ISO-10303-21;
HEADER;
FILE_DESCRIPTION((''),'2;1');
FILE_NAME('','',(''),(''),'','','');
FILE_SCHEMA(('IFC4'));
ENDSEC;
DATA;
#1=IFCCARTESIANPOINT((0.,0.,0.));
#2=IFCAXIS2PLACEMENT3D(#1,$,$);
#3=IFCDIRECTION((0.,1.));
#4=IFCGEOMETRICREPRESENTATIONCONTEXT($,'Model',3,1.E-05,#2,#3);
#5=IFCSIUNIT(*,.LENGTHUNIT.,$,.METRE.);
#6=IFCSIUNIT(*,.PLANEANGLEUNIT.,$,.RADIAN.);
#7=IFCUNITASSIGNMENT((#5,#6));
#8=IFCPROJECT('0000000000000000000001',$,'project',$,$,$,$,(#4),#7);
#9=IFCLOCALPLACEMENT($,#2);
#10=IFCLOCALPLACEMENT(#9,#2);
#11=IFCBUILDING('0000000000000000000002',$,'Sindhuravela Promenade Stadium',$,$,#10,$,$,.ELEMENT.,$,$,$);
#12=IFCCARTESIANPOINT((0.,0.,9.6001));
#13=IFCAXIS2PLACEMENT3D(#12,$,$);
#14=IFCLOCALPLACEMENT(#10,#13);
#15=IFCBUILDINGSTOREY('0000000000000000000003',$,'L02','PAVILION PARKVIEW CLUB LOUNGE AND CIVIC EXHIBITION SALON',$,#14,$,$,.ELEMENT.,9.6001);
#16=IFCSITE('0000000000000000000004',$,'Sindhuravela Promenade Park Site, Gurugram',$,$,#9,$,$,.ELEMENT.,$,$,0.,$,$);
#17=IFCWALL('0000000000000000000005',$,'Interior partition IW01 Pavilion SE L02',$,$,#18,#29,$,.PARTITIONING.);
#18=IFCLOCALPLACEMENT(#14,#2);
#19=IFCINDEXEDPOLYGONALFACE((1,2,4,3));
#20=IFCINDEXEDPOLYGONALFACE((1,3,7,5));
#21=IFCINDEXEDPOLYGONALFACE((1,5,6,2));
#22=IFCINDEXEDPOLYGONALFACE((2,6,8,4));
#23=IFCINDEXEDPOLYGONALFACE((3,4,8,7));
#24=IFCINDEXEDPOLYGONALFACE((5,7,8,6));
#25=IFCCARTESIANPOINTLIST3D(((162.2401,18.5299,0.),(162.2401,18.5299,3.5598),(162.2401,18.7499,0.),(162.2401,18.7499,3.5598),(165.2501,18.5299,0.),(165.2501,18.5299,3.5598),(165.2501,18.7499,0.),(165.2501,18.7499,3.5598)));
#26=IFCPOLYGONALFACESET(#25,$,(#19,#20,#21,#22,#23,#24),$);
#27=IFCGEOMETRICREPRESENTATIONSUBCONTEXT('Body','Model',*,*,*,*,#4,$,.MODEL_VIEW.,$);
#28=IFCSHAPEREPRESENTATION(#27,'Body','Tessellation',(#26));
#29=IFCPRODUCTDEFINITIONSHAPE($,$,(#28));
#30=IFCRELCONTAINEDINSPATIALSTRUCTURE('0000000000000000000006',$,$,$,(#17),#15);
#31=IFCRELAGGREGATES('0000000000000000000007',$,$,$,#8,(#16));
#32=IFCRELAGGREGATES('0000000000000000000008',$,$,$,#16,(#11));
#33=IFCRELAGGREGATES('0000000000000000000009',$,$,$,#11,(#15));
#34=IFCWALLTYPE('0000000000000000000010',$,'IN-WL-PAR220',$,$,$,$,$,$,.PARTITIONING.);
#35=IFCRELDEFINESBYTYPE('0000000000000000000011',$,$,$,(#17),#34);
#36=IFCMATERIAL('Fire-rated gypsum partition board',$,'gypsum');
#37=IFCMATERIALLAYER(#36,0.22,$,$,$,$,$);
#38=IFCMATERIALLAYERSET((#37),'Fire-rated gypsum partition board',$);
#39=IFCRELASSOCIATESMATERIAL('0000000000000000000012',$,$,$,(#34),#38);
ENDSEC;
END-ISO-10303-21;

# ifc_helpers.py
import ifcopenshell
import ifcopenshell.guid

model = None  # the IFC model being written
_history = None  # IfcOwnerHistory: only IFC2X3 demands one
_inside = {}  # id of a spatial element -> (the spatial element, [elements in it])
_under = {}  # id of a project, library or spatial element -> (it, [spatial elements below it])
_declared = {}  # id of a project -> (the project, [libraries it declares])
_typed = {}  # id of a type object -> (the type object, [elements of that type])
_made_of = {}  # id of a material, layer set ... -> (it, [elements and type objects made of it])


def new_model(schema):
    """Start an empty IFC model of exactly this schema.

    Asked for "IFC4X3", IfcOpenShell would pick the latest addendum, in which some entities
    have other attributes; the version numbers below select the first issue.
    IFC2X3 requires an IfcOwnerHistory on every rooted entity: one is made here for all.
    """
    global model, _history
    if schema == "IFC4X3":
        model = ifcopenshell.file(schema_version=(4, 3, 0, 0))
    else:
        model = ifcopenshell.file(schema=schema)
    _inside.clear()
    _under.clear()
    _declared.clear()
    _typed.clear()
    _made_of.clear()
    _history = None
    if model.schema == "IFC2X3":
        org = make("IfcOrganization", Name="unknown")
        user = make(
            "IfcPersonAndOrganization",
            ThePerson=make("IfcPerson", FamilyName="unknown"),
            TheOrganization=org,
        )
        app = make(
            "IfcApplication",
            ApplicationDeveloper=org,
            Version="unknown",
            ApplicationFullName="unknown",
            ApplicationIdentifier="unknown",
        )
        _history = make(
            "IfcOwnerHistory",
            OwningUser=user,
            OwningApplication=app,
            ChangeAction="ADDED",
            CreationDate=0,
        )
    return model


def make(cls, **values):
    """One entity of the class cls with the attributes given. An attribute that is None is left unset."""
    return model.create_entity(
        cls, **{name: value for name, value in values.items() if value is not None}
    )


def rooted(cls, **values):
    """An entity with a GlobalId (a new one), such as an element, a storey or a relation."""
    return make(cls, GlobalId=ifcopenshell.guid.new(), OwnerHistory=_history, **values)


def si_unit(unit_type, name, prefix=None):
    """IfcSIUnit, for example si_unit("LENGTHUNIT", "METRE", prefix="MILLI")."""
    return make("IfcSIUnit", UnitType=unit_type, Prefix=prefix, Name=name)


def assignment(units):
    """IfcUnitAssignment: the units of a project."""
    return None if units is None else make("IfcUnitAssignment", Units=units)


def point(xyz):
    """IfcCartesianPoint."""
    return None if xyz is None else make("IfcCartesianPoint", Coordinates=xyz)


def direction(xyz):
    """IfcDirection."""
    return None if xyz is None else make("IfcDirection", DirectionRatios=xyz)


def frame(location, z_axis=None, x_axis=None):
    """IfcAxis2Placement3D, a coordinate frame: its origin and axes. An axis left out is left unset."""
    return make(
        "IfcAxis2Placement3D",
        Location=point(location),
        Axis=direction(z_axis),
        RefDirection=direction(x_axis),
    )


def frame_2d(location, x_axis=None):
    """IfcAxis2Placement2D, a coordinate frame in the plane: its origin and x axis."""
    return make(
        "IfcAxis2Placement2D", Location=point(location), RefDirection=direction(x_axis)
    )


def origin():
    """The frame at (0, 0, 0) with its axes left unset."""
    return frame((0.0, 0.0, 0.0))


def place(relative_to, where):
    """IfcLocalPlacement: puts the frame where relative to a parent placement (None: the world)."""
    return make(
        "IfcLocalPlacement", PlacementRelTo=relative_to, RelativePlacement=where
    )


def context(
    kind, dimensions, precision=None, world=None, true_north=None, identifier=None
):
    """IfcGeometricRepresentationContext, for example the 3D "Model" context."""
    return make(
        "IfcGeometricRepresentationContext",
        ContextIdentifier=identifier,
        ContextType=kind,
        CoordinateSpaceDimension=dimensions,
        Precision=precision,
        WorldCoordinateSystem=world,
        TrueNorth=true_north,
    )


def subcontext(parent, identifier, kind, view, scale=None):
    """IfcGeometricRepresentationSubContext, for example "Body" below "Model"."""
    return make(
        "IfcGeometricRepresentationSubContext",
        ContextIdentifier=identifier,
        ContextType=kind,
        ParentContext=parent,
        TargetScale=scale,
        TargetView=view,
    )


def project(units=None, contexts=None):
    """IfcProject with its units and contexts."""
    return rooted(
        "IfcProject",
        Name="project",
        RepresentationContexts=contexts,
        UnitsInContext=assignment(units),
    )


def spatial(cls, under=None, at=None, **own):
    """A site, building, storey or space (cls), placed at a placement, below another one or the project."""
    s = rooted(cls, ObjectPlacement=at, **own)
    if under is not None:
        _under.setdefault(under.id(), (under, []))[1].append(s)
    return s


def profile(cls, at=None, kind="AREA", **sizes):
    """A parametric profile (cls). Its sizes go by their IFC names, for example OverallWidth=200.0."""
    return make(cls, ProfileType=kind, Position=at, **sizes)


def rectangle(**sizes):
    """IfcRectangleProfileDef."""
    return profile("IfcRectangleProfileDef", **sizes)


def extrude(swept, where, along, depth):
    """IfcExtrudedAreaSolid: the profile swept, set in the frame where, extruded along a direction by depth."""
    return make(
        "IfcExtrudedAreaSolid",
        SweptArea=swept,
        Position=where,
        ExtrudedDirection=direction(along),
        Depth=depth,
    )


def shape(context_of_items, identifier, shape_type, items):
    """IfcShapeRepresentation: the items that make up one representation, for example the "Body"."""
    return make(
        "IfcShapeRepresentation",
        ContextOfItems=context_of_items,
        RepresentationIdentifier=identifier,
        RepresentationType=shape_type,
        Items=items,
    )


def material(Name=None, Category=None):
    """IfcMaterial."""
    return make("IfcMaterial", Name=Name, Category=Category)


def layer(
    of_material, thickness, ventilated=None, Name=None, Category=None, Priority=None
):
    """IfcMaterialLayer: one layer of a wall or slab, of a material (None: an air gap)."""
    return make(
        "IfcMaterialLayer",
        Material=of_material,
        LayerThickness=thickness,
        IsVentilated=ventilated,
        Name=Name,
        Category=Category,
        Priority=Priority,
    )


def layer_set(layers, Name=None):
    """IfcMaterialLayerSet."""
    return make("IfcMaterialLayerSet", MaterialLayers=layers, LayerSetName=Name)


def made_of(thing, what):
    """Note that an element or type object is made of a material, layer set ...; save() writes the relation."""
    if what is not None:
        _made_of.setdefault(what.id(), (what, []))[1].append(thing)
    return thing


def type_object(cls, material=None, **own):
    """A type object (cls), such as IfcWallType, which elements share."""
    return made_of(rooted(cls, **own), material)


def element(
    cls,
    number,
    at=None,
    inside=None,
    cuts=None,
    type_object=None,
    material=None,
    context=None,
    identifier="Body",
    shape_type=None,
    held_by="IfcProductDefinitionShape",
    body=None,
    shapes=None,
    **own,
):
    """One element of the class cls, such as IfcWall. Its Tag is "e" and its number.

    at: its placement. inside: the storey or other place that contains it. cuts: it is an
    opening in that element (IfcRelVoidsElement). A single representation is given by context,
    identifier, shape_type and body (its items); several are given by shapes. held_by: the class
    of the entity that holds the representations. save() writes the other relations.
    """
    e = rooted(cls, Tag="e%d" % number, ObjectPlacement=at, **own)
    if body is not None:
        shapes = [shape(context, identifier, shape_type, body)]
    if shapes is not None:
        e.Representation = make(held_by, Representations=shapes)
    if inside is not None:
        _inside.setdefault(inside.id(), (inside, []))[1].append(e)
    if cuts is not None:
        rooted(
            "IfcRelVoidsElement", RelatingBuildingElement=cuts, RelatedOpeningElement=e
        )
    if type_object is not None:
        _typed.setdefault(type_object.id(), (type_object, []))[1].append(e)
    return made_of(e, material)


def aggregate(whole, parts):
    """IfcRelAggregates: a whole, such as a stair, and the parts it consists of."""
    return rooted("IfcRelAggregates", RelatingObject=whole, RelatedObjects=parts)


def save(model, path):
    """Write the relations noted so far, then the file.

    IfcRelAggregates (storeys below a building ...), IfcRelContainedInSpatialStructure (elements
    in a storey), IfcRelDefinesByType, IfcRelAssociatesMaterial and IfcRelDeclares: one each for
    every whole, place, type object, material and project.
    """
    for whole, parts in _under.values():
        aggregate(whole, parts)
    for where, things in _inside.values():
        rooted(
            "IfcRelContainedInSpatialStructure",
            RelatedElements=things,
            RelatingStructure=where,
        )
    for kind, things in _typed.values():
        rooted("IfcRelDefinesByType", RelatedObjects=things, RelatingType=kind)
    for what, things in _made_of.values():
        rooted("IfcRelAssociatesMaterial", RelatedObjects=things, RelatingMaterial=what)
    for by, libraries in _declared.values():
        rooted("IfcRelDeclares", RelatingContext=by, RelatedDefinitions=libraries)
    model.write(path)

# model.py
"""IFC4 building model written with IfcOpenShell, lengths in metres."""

from ifc_helpers import new_model, si_unit, direction, frame, frame_2d, origin, place, context, subcontext, project, spatial, rectangle, extrude, material, layer, layer_set, type_object, element, save


model = new_model("IFC4")

# Units and contexts
model_context = context("Model", 3, precision=1e-05, world=origin(), true_north=direction((0.0, 1.0)))
body_context = subcontext(model_context, "Body", "Model", "MODEL_VIEW")
ifc_project = project(units=[si_unit("LENGTHUNIT", "METRE"), si_unit("PLANEANGLEUNIT", "RADIAN")], contexts=[model_context])

# Site, building, storey
site_placement = place(None, origin())
site = spatial("IfcSite", under=ifc_project, at=site_placement, Name="Sindhuravela Promenade Park Site, Gurugram", CompositionType="ELEMENT", RefElevation=0.0)
building_placement = place(site_placement, origin())
building = spatial("IfcBuilding", under=site, at=building_placement, Name="Sindhuravela Promenade Stadium", CompositionType="ELEMENT")
storey_placement = place(building_placement, frame((0.0, 0.0, 9.6001)))
storey = spatial("IfcBuildingStorey", under=building, at=storey_placement, Name="L02", Description="PAVILION PARKVIEW CLUB LOUNGE AND CIVIC EXHIBITION SALON", CompositionType="ELEMENT", Elevation=9.6001)

# Shared definitions
ifc_material_1 = material(Name="Fire-rated gypsum partition board", Category="gypsum")

# Wall
ifc_layer_1 = layer(ifc_material_1, 0.22)
ifc_layer_set_1 = layer_set([ifc_layer_1], Name="Fire-rated gypsum partition board")
wall_type_1 = type_object("IfcWallType", Name="IN-WL-PAR220", PredefinedType="PARTITIONING", material=ifc_layer_set_1)
wall_1_placement = place(storey_placement, frame((165.25, 18.6399, 0.0), z_axis=(0.0, 0.0, 1.0), x_axis=(-1.0, 0.0, 0.0)))
element("IfcWall", 1, at=wall_1_placement, inside=storey, type_object=wall_type_1, Name="Interior partition IW01 Pavilion SE L02", PredefinedType="PARTITIONING", context=body_context, shape_type="SweptSolid", body=[
    extrude(rectangle(XDim=3.01, YDim=0.22, at=frame_2d((1.5049, 0.0))), origin(), (0.0, 0.0, 1.0), 3.5598),
])

save(model, "model.ifc")
